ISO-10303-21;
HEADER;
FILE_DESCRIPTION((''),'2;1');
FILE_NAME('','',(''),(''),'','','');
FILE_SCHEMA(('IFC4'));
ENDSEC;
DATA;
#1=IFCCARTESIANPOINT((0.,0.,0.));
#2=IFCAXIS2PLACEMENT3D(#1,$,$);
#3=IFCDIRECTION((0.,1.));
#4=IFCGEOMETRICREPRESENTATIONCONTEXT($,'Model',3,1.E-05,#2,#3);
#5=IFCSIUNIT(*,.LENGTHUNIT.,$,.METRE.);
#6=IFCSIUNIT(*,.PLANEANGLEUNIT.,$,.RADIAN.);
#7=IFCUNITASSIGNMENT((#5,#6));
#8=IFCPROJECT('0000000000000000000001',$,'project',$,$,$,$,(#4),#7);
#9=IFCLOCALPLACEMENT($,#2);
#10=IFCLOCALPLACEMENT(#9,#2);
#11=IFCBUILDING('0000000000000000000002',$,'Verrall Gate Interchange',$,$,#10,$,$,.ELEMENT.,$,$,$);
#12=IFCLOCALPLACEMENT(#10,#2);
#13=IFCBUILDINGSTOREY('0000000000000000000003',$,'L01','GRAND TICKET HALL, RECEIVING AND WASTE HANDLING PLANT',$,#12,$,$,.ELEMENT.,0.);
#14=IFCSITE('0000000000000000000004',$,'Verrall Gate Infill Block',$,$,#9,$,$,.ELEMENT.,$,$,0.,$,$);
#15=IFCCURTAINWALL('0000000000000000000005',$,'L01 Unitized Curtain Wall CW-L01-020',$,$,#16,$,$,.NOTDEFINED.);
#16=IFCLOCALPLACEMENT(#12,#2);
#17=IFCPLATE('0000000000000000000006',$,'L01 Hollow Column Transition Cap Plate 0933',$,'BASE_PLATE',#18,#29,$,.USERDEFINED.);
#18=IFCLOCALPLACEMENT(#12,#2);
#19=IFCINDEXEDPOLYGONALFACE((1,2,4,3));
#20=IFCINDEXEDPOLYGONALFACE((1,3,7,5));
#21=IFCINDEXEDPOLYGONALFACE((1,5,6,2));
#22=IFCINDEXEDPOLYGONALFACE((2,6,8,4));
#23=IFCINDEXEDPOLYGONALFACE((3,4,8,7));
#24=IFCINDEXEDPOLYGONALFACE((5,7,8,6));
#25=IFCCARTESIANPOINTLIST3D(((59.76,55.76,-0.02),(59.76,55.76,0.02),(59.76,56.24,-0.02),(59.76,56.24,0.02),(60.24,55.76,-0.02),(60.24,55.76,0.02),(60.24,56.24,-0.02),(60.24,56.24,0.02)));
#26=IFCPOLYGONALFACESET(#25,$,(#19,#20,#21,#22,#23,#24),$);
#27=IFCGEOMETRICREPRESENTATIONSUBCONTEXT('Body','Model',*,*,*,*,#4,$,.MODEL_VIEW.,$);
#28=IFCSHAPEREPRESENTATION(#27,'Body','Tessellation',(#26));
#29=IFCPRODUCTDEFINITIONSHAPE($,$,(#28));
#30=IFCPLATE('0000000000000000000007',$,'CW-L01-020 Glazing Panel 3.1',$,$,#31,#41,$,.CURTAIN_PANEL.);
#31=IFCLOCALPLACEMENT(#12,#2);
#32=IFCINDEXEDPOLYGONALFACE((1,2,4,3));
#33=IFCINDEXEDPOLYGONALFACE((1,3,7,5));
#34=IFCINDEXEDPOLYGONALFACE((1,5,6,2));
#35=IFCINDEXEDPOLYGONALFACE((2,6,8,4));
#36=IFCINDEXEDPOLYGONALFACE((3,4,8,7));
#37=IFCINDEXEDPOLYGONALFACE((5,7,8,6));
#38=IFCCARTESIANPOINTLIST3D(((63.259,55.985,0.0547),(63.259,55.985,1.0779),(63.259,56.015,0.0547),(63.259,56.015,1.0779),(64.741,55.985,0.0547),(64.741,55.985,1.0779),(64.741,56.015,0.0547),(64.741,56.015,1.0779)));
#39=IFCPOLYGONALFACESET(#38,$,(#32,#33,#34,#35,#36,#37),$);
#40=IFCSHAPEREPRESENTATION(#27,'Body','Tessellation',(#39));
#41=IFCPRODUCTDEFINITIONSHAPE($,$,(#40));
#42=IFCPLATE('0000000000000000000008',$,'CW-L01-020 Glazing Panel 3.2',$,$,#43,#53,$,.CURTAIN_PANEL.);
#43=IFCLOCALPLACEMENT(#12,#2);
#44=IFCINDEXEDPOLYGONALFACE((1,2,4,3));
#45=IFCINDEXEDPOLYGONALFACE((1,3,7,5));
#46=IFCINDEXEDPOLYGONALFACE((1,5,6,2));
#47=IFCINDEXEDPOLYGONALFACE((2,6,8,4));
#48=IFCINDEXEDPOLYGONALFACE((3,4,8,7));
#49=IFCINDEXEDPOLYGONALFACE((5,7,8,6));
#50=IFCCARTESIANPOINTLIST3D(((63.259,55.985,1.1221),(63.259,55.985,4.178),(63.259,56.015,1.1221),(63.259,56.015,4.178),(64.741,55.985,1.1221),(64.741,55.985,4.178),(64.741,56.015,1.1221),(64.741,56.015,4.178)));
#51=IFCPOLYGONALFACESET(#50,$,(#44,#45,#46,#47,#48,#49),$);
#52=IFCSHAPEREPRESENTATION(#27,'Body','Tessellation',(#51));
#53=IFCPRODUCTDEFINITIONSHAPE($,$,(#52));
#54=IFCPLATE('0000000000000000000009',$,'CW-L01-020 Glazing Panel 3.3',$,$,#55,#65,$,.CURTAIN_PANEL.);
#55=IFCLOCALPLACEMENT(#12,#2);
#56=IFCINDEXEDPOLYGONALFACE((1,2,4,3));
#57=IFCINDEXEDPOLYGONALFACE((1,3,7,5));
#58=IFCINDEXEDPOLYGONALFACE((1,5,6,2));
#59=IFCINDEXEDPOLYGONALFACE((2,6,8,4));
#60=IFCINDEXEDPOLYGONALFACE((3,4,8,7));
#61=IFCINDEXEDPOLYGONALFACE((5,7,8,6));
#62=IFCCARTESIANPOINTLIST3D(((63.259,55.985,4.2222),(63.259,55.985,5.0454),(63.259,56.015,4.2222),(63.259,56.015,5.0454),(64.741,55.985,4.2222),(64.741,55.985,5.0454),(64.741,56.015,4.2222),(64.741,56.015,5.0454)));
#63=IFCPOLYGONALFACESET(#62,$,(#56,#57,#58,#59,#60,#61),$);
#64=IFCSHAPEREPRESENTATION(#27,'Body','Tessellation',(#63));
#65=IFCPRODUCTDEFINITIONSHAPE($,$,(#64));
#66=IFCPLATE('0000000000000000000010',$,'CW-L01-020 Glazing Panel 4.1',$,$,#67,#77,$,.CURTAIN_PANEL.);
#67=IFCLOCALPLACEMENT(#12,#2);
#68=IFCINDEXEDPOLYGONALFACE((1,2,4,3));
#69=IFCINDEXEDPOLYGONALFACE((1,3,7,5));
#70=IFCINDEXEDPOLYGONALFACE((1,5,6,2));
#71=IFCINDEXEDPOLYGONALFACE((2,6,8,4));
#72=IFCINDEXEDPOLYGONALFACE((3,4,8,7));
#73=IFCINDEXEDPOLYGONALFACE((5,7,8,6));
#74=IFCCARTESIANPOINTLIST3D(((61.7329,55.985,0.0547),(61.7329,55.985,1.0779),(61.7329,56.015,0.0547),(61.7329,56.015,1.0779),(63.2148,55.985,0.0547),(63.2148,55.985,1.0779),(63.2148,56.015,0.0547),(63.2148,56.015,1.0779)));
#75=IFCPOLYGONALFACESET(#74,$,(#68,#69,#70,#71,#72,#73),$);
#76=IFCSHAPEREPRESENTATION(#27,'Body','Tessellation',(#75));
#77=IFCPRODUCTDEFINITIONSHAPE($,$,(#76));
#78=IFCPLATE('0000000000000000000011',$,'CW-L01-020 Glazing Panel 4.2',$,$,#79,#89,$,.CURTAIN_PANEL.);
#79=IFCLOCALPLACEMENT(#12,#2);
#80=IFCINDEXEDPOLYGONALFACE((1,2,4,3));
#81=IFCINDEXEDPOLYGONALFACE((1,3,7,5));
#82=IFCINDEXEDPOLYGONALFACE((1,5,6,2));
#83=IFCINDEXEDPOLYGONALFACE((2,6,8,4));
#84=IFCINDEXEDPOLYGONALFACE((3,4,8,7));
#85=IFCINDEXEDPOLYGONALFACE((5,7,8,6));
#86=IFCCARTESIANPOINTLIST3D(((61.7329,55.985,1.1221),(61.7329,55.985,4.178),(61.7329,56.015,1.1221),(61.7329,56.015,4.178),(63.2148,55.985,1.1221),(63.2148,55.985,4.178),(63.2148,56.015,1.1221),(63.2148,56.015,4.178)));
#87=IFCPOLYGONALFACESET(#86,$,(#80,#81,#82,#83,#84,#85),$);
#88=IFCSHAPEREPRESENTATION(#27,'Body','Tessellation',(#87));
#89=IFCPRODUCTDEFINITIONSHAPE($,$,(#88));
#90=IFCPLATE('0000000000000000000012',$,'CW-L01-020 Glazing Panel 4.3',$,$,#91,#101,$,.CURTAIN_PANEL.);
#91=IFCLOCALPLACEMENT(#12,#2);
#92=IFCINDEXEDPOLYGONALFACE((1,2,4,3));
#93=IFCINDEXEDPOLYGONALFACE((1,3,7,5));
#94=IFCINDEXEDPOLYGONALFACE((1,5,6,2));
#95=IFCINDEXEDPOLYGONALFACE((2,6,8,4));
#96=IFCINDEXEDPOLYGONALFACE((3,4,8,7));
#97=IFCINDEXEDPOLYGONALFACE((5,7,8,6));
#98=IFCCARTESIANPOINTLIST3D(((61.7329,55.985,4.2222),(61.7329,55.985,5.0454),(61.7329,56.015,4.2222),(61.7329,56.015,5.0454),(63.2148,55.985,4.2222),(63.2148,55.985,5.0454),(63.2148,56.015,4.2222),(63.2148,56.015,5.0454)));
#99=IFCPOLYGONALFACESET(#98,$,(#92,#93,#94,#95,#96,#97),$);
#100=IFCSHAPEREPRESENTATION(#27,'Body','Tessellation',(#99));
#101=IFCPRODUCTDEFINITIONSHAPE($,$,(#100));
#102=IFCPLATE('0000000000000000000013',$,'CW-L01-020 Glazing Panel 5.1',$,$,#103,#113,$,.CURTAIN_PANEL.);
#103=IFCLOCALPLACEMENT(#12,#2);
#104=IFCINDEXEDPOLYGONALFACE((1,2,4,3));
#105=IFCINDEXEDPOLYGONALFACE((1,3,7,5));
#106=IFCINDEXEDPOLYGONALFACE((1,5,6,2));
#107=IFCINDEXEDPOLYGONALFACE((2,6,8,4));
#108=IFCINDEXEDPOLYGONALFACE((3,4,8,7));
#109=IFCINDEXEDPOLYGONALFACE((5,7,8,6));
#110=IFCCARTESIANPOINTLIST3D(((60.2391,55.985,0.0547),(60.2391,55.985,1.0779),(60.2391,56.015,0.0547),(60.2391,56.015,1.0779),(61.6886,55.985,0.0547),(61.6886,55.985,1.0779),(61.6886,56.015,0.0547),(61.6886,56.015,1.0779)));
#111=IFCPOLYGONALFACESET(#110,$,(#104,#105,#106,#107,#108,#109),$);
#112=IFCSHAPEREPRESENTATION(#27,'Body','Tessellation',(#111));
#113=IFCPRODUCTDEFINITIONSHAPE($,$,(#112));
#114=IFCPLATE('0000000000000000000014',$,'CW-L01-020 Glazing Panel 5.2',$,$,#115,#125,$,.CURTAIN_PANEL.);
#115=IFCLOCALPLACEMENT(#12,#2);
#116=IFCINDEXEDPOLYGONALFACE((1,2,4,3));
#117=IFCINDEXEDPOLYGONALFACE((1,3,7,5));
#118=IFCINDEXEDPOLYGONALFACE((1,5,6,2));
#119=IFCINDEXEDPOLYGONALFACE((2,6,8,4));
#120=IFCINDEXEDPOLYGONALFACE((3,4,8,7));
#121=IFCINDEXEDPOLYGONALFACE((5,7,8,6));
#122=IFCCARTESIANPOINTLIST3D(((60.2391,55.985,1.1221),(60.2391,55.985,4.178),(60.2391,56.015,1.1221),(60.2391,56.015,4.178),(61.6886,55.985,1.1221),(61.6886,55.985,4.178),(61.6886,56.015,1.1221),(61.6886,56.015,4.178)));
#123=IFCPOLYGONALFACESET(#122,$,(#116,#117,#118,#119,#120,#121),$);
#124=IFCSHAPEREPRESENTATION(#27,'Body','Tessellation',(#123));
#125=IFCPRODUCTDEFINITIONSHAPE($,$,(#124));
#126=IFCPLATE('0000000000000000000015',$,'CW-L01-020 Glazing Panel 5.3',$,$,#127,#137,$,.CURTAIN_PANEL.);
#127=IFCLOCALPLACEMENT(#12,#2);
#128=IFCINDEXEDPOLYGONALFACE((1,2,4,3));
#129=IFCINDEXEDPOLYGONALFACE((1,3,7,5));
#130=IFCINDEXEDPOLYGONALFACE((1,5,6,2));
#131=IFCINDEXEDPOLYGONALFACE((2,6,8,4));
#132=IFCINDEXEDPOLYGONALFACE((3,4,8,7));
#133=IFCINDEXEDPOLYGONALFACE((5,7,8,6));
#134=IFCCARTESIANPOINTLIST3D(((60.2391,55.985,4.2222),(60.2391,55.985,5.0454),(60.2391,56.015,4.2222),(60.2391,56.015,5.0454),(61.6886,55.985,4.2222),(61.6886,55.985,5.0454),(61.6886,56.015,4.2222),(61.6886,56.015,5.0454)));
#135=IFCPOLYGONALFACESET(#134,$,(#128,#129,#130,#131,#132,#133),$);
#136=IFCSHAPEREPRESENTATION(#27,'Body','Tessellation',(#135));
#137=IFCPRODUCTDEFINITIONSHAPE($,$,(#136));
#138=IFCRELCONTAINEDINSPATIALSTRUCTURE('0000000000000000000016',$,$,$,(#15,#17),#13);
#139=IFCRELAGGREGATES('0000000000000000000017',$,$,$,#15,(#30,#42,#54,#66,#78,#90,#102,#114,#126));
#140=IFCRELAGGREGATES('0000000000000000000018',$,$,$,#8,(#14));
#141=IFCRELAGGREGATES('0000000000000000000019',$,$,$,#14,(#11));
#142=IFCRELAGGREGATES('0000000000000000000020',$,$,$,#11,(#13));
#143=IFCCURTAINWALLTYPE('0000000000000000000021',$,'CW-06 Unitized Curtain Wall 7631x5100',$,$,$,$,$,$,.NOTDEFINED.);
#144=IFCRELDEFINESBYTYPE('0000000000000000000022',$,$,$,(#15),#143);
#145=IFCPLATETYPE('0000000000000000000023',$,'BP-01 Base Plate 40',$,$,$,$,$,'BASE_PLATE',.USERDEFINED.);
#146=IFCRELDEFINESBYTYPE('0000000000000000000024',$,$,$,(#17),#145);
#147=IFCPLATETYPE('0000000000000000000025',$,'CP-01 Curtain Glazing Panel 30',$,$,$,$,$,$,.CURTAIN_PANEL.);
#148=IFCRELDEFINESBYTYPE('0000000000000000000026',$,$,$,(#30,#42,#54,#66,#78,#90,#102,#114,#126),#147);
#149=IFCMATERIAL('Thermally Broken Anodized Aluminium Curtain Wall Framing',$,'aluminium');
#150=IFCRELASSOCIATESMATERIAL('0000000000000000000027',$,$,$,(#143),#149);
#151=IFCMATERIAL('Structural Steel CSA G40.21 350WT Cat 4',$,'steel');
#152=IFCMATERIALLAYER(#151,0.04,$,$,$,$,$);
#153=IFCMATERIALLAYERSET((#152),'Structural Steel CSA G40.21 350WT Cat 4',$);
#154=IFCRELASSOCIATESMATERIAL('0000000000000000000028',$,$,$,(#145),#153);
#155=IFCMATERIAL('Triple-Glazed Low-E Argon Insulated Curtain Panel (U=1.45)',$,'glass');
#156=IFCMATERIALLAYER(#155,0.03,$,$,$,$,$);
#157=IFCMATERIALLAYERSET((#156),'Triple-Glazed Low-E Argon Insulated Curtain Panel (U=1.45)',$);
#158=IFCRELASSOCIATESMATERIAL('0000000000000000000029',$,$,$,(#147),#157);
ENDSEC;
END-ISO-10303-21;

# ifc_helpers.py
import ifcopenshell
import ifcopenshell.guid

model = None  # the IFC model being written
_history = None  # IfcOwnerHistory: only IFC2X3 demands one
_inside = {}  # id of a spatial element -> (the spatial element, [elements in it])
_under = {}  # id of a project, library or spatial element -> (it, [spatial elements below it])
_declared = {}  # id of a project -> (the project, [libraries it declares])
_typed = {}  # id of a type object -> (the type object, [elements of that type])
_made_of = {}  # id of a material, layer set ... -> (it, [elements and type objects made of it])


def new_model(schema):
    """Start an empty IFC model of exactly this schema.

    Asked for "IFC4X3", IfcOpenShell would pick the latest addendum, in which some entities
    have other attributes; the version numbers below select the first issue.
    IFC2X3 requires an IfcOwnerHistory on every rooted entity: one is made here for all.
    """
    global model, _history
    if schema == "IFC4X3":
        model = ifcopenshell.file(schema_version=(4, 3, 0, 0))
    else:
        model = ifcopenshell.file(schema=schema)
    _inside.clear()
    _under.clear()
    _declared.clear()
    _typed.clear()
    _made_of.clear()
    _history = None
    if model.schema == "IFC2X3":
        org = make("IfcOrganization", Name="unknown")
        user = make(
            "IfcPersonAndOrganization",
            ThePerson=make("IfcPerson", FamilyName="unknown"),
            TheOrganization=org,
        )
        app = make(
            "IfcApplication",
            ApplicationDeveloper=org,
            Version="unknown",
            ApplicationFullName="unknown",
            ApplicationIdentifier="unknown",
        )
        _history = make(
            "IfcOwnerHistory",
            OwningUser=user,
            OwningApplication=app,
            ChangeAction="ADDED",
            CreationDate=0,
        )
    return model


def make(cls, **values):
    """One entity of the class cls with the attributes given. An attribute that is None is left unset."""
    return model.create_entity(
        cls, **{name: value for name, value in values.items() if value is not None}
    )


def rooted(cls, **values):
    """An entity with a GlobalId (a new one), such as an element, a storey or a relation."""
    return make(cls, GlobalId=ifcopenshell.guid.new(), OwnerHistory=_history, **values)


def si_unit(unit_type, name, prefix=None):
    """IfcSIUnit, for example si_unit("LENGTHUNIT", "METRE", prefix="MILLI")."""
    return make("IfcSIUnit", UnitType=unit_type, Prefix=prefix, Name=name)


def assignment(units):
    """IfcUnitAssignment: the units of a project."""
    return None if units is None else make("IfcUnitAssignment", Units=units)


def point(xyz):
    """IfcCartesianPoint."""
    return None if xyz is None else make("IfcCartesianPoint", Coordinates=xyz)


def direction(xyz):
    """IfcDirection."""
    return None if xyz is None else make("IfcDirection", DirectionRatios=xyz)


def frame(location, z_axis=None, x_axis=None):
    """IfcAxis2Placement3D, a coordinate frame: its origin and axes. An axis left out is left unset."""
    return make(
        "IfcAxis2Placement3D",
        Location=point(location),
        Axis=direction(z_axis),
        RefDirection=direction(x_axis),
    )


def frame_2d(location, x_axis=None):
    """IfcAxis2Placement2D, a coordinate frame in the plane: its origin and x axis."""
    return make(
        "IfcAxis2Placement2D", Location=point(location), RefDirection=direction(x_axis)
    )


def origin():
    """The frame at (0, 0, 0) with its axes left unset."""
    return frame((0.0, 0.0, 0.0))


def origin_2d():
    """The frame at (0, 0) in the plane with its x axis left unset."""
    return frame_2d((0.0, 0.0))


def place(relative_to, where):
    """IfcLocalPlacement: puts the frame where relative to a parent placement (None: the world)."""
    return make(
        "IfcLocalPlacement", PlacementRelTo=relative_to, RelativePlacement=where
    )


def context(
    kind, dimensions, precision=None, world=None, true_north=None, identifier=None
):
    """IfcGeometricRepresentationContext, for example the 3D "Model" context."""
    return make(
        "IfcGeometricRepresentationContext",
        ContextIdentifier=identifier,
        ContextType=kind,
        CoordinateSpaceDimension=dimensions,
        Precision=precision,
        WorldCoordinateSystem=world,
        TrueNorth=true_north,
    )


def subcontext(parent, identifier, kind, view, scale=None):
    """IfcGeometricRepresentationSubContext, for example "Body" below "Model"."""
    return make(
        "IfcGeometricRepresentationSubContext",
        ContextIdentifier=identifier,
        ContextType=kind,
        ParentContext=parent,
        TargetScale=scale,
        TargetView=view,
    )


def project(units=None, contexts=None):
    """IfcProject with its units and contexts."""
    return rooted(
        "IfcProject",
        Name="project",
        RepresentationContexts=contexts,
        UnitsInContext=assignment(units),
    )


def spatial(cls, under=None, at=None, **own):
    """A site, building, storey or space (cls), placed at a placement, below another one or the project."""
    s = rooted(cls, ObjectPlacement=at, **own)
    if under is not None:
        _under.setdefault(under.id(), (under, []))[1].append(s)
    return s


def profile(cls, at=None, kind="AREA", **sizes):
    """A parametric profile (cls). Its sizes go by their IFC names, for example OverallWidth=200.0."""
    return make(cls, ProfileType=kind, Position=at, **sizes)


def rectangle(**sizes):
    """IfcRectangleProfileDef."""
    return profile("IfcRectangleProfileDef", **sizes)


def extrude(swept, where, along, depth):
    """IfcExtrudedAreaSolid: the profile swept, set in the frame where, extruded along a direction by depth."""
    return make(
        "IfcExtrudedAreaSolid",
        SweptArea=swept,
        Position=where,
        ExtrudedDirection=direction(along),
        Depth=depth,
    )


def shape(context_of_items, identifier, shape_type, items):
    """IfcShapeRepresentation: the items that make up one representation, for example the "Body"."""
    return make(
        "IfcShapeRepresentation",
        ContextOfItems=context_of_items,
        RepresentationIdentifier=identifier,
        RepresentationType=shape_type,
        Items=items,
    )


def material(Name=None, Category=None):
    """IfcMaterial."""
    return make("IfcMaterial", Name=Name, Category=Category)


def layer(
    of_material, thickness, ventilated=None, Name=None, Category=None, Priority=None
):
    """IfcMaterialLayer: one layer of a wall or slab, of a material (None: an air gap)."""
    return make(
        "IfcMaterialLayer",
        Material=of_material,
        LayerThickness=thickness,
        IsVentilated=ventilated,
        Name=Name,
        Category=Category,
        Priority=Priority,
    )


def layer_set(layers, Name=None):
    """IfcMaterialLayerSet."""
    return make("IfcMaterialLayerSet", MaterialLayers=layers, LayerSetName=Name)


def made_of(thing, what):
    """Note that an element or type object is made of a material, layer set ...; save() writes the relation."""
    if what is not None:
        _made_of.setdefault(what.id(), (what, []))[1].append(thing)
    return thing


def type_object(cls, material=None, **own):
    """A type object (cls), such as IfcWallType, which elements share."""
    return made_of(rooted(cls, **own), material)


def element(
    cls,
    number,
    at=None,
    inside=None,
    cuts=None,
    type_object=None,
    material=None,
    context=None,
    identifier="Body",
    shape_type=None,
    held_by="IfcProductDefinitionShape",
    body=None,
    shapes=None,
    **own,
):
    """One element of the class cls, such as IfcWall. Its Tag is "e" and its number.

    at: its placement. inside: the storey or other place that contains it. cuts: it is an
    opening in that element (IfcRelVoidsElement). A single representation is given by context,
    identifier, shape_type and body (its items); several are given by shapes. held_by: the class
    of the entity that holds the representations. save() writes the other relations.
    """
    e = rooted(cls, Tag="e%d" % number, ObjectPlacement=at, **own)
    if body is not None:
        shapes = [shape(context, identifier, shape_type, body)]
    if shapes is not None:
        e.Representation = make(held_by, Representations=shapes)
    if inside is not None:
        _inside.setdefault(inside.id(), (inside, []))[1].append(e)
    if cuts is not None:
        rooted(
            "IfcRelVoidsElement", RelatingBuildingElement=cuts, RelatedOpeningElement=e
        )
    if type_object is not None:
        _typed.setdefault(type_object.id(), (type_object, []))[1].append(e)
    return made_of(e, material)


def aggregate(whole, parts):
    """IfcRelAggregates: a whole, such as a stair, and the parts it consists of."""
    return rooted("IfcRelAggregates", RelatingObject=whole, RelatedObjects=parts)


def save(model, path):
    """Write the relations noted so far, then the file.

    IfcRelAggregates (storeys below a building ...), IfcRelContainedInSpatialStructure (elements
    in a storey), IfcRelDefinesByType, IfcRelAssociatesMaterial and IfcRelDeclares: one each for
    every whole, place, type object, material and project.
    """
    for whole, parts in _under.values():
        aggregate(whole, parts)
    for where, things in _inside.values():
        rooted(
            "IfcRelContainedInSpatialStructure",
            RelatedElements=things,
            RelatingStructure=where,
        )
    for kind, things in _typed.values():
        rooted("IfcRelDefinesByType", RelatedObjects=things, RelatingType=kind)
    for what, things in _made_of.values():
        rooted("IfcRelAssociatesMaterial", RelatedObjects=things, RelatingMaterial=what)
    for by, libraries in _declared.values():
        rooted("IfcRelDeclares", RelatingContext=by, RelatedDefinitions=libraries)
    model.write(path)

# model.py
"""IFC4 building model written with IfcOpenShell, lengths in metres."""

from ifc_helpers import new_model, si_unit, direction, frame, origin, origin_2d, place, context, subcontext, project, spatial, rectangle, extrude, material, layer, layer_set, type_object, element, aggregate, save


model = new_model("IFC4")

# Units and contexts
model_context = context("Model", 3, precision=1e-05, world=origin(), true_north=direction((0.0, 1.0)))
body_context = subcontext(model_context, "Body", "Model", "MODEL_VIEW")
ifc_project = project(units=[si_unit("LENGTHUNIT", "METRE"), si_unit("PLANEANGLEUNIT", "RADIAN")], contexts=[model_context])

# Site, building, storey
site_placement = place(None, origin())
site = spatial("IfcSite", under=ifc_project, at=site_placement, Name="Verrall Gate Infill Block", CompositionType="ELEMENT", RefElevation=0.0)
building_placement = place(site_placement, origin())
building = spatial("IfcBuilding", under=site, at=building_placement, Name="Verrall Gate Interchange", CompositionType="ELEMENT")
storey_placement = place(building_placement, origin())
storey = spatial("IfcBuildingStorey", under=building, at=storey_placement, Name="L01", Description="GRAND TICKET HALL, RECEIVING AND WASTE HANDLING PLANT", CompositionType="ELEMENT", Elevation=0.0)

# Curtain wall
ifc_material_1 = material(Name="Thermally Broken Anodized Aluminium Curtain Wall Framing", Category="aluminium")
curtain_wall_type = type_object("IfcCurtainWallType", Name="CW-06 Unitized Curtain Wall 7631x5100", PredefinedType="NOTDEFINED", material=ifc_material_1)
curtain_wall_placement = place(storey_placement, origin())
curtain_wall = element("IfcCurtainWall", 1, at=curtain_wall_placement, inside=storey, type_object=curtain_wall_type, Name="L01 Unitized Curtain Wall CW-L01-020", PredefinedType="NOTDEFINED")

# Plates
ifc_material_2 = material(Name="Structural Steel CSA G40.21 350WT Cat 4", Category="steel")
ifc_layer_1 = layer(ifc_material_2, 0.04)
ifc_layer_set_1 = layer_set([ifc_layer_1], Name="Structural Steel CSA G40.21 350WT Cat 4")
plate_type_1 = type_object("IfcPlateType", Name="BP-01 Base Plate 40", ElementType="BASE_PLATE", PredefinedType="USERDEFINED", material=ifc_layer_set_1)
plate_1_placement = place(storey_placement, frame((60.0, 56.0, -0.02), z_axis=(0.0, 0.0, 1.0), x_axis=(1.0, 0.0, 0.0)))
element("IfcPlate", 2, at=plate_1_placement, inside=storey, type_object=plate_type_1, Name="L01 Hollow Column Transition Cap Plate 0933", ObjectType="BASE_PLATE", PredefinedType="USERDEFINED", context=body_context, shape_type="SweptSolid", body=[
    extrude(rectangle(XDim=0.48, YDim=0.48, at=origin_2d()), origin(), (0.0, 0.0, 1.0), 0.04),
])
ifc_material_3 = material(Name="Triple-Glazed Low-E Argon Insulated Curtain Panel (U=1.45)", Category="glass")
ifc_layer_2 = layer(ifc_material_3, 0.03)
ifc_layer_set_2 = layer_set([ifc_layer_2], Name="Triple-Glazed Low-E Argon Insulated Curtain Panel (U=1.45)")
plate_type_2 = type_object("IfcPlateType", Name="CP-01 Curtain Glazing Panel 30", PredefinedType="CURTAIN_PANEL", material=ifc_layer_set_2)
plate_2_placement = place(storey_placement, frame((64.0, 56.0, 0.0547), z_axis=(0.0, 0.0, 1.0), x_axis=(-1.0, 0.0, 0.0)))
plate_2 = element("IfcPlate", 3, at=plate_2_placement, type_object=plate_type_2, Name="CW-L01-020 Glazing Panel 3.1", PredefinedType="CURTAIN_PANEL", context=body_context, shape_type="SweptSolid", body=[
    extrude(rectangle(XDim=1.4819, YDim=0.03, at=origin_2d()), origin(), (0.0, 0.0, 1.0), 1.0232),
])
plate_3_placement = place(storey_placement, frame((64.0, 56.0, 1.1221), z_axis=(0.0, 0.0, 1.0), x_axis=(-1.0, 0.0, 0.0)))
plate_3 = element("IfcPlate", 4, at=plate_3_placement, type_object=plate_type_2, Name="CW-L01-020 Glazing Panel 3.2", PredefinedType="CURTAIN_PANEL", context=body_context, shape_type="SweptSolid", body=[
    extrude(rectangle(XDim=1.4819, YDim=0.03, at=origin_2d()), origin(), (0.0, 0.0, 1.0), 3.0559),
])
plate_4_placement = place(storey_placement, frame((64.0, 56.0, 4.2222), z_axis=(0.0, 0.0, 1.0), x_axis=(-1.0, 0.0, 0.0)))
plate_4 = element("IfcPlate", 5, at=plate_4_placement, type_object=plate_type_2, Name="CW-L01-020 Glazing Panel 3.3", PredefinedType="CURTAIN_PANEL", context=body_context, shape_type="SweptSolid", body=[
    extrude(rectangle(XDim=1.4819, YDim=0.03, at=origin_2d()), origin(), (0.0, 0.0, 1.0), 0.8232),
])
plate_5_placement = place(storey_placement, frame((62.4739, 56.0, 0.0547), z_axis=(0.0, 0.0, 1.0), x_axis=(-1.0, 0.0, 0.0)))
plate_5 = element("IfcPlate", 6, at=plate_5_placement, type_object=plate_type_2, Name="CW-L01-020 Glazing Panel 4.1", PredefinedType="CURTAIN_PANEL", context=body_context, shape_type="SweptSolid", body=[
    extrude(rectangle(XDim=1.4819, YDim=0.03, at=origin_2d()), origin(), (0.0, 0.0, 1.0), 1.0232),
])
plate_6_placement = place(storey_placement, frame((62.4739, 56.0, 1.1221), z_axis=(0.0, 0.0, 1.0), x_axis=(-1.0, 0.0, 0.0)))
plate_6 = element("IfcPlate", 7, at=plate_6_placement, type_object=plate_type_2, Name="CW-L01-020 Glazing Panel 4.2", PredefinedType="CURTAIN_PANEL", context=body_context, shape_type="SweptSolid", body=[
    extrude(rectangle(XDim=1.4819, YDim=0.03, at=origin_2d()), origin(), (0.0, 0.0, 1.0), 3.0559),
])
plate_7_placement = place(storey_placement, frame((62.4739, 56.0, 4.2222), z_axis=(0.0, 0.0, 1.0), x_axis=(-1.0, 0.0, 0.0)))
plate_7 = element("IfcPlate", 8, at=plate_7_placement, type_object=plate_type_2, Name="CW-L01-020 Glazing Panel 4.3", PredefinedType="CURTAIN_PANEL", context=body_context, shape_type="SweptSolid", body=[
    extrude(rectangle(XDim=1.4819, YDim=0.03, at=origin_2d()), origin(), (0.0, 0.0, 1.0), 0.8232),
])
plate_8_placement = place(storey_placement, frame((60.9639, 56.0, 0.0547), z_axis=(0.0, 0.0, 1.0), x_axis=(-1.0, 0.0, 0.0)))
plate_8 = element("IfcPlate", 9, at=plate_8_placement, type_object=plate_type_2, Name="CW-L01-020 Glazing Panel 5.1", PredefinedType="CURTAIN_PANEL", context=body_context, shape_type="SweptSolid", body=[
    extrude(rectangle(XDim=1.4495, YDim=0.03, at=origin_2d()), origin(), (0.0, 0.0, 1.0), 1.0232),
])
plate_9_placement = place(storey_placement, frame((60.9639, 56.0, 1.1221), z_axis=(0.0, 0.0, 1.0), x_axis=(-1.0, 0.0, 0.0)))
plate_9 = element("IfcPlate", 10, at=plate_9_placement, type_object=plate_type_2, Name="CW-L01-020 Glazing Panel 5.2", PredefinedType="CURTAIN_PANEL", context=body_context, shape_type="SweptSolid", body=[
    extrude(rectangle(XDim=1.4495, YDim=0.03, at=origin_2d()), origin(), (0.0, 0.0, 1.0), 3.0559),
])
plate_10_placement = place(storey_placement, frame((60.9639, 56.0, 4.2222), z_axis=(0.0, 0.0, 1.0), x_axis=(-1.0, 0.0, 0.0)))
plate_10 = element("IfcPlate", 11, at=plate_10_placement, type_object=plate_type_2, Name="CW-L01-020 Glazing Panel 5.3", PredefinedType="CURTAIN_PANEL", context=body_context, shape_type="SweptSolid", body=[
    extrude(rectangle(XDim=1.4495, YDim=0.03, at=origin_2d()), origin(), (0.0, 0.0, 1.0), 0.8232),
])
aggregate(curtain_wall, [plate_2, plate_3, plate_4, plate_5, plate_6, plate_7, plate_8, plate_9, plate_10])

save(model, "model.ifc")
